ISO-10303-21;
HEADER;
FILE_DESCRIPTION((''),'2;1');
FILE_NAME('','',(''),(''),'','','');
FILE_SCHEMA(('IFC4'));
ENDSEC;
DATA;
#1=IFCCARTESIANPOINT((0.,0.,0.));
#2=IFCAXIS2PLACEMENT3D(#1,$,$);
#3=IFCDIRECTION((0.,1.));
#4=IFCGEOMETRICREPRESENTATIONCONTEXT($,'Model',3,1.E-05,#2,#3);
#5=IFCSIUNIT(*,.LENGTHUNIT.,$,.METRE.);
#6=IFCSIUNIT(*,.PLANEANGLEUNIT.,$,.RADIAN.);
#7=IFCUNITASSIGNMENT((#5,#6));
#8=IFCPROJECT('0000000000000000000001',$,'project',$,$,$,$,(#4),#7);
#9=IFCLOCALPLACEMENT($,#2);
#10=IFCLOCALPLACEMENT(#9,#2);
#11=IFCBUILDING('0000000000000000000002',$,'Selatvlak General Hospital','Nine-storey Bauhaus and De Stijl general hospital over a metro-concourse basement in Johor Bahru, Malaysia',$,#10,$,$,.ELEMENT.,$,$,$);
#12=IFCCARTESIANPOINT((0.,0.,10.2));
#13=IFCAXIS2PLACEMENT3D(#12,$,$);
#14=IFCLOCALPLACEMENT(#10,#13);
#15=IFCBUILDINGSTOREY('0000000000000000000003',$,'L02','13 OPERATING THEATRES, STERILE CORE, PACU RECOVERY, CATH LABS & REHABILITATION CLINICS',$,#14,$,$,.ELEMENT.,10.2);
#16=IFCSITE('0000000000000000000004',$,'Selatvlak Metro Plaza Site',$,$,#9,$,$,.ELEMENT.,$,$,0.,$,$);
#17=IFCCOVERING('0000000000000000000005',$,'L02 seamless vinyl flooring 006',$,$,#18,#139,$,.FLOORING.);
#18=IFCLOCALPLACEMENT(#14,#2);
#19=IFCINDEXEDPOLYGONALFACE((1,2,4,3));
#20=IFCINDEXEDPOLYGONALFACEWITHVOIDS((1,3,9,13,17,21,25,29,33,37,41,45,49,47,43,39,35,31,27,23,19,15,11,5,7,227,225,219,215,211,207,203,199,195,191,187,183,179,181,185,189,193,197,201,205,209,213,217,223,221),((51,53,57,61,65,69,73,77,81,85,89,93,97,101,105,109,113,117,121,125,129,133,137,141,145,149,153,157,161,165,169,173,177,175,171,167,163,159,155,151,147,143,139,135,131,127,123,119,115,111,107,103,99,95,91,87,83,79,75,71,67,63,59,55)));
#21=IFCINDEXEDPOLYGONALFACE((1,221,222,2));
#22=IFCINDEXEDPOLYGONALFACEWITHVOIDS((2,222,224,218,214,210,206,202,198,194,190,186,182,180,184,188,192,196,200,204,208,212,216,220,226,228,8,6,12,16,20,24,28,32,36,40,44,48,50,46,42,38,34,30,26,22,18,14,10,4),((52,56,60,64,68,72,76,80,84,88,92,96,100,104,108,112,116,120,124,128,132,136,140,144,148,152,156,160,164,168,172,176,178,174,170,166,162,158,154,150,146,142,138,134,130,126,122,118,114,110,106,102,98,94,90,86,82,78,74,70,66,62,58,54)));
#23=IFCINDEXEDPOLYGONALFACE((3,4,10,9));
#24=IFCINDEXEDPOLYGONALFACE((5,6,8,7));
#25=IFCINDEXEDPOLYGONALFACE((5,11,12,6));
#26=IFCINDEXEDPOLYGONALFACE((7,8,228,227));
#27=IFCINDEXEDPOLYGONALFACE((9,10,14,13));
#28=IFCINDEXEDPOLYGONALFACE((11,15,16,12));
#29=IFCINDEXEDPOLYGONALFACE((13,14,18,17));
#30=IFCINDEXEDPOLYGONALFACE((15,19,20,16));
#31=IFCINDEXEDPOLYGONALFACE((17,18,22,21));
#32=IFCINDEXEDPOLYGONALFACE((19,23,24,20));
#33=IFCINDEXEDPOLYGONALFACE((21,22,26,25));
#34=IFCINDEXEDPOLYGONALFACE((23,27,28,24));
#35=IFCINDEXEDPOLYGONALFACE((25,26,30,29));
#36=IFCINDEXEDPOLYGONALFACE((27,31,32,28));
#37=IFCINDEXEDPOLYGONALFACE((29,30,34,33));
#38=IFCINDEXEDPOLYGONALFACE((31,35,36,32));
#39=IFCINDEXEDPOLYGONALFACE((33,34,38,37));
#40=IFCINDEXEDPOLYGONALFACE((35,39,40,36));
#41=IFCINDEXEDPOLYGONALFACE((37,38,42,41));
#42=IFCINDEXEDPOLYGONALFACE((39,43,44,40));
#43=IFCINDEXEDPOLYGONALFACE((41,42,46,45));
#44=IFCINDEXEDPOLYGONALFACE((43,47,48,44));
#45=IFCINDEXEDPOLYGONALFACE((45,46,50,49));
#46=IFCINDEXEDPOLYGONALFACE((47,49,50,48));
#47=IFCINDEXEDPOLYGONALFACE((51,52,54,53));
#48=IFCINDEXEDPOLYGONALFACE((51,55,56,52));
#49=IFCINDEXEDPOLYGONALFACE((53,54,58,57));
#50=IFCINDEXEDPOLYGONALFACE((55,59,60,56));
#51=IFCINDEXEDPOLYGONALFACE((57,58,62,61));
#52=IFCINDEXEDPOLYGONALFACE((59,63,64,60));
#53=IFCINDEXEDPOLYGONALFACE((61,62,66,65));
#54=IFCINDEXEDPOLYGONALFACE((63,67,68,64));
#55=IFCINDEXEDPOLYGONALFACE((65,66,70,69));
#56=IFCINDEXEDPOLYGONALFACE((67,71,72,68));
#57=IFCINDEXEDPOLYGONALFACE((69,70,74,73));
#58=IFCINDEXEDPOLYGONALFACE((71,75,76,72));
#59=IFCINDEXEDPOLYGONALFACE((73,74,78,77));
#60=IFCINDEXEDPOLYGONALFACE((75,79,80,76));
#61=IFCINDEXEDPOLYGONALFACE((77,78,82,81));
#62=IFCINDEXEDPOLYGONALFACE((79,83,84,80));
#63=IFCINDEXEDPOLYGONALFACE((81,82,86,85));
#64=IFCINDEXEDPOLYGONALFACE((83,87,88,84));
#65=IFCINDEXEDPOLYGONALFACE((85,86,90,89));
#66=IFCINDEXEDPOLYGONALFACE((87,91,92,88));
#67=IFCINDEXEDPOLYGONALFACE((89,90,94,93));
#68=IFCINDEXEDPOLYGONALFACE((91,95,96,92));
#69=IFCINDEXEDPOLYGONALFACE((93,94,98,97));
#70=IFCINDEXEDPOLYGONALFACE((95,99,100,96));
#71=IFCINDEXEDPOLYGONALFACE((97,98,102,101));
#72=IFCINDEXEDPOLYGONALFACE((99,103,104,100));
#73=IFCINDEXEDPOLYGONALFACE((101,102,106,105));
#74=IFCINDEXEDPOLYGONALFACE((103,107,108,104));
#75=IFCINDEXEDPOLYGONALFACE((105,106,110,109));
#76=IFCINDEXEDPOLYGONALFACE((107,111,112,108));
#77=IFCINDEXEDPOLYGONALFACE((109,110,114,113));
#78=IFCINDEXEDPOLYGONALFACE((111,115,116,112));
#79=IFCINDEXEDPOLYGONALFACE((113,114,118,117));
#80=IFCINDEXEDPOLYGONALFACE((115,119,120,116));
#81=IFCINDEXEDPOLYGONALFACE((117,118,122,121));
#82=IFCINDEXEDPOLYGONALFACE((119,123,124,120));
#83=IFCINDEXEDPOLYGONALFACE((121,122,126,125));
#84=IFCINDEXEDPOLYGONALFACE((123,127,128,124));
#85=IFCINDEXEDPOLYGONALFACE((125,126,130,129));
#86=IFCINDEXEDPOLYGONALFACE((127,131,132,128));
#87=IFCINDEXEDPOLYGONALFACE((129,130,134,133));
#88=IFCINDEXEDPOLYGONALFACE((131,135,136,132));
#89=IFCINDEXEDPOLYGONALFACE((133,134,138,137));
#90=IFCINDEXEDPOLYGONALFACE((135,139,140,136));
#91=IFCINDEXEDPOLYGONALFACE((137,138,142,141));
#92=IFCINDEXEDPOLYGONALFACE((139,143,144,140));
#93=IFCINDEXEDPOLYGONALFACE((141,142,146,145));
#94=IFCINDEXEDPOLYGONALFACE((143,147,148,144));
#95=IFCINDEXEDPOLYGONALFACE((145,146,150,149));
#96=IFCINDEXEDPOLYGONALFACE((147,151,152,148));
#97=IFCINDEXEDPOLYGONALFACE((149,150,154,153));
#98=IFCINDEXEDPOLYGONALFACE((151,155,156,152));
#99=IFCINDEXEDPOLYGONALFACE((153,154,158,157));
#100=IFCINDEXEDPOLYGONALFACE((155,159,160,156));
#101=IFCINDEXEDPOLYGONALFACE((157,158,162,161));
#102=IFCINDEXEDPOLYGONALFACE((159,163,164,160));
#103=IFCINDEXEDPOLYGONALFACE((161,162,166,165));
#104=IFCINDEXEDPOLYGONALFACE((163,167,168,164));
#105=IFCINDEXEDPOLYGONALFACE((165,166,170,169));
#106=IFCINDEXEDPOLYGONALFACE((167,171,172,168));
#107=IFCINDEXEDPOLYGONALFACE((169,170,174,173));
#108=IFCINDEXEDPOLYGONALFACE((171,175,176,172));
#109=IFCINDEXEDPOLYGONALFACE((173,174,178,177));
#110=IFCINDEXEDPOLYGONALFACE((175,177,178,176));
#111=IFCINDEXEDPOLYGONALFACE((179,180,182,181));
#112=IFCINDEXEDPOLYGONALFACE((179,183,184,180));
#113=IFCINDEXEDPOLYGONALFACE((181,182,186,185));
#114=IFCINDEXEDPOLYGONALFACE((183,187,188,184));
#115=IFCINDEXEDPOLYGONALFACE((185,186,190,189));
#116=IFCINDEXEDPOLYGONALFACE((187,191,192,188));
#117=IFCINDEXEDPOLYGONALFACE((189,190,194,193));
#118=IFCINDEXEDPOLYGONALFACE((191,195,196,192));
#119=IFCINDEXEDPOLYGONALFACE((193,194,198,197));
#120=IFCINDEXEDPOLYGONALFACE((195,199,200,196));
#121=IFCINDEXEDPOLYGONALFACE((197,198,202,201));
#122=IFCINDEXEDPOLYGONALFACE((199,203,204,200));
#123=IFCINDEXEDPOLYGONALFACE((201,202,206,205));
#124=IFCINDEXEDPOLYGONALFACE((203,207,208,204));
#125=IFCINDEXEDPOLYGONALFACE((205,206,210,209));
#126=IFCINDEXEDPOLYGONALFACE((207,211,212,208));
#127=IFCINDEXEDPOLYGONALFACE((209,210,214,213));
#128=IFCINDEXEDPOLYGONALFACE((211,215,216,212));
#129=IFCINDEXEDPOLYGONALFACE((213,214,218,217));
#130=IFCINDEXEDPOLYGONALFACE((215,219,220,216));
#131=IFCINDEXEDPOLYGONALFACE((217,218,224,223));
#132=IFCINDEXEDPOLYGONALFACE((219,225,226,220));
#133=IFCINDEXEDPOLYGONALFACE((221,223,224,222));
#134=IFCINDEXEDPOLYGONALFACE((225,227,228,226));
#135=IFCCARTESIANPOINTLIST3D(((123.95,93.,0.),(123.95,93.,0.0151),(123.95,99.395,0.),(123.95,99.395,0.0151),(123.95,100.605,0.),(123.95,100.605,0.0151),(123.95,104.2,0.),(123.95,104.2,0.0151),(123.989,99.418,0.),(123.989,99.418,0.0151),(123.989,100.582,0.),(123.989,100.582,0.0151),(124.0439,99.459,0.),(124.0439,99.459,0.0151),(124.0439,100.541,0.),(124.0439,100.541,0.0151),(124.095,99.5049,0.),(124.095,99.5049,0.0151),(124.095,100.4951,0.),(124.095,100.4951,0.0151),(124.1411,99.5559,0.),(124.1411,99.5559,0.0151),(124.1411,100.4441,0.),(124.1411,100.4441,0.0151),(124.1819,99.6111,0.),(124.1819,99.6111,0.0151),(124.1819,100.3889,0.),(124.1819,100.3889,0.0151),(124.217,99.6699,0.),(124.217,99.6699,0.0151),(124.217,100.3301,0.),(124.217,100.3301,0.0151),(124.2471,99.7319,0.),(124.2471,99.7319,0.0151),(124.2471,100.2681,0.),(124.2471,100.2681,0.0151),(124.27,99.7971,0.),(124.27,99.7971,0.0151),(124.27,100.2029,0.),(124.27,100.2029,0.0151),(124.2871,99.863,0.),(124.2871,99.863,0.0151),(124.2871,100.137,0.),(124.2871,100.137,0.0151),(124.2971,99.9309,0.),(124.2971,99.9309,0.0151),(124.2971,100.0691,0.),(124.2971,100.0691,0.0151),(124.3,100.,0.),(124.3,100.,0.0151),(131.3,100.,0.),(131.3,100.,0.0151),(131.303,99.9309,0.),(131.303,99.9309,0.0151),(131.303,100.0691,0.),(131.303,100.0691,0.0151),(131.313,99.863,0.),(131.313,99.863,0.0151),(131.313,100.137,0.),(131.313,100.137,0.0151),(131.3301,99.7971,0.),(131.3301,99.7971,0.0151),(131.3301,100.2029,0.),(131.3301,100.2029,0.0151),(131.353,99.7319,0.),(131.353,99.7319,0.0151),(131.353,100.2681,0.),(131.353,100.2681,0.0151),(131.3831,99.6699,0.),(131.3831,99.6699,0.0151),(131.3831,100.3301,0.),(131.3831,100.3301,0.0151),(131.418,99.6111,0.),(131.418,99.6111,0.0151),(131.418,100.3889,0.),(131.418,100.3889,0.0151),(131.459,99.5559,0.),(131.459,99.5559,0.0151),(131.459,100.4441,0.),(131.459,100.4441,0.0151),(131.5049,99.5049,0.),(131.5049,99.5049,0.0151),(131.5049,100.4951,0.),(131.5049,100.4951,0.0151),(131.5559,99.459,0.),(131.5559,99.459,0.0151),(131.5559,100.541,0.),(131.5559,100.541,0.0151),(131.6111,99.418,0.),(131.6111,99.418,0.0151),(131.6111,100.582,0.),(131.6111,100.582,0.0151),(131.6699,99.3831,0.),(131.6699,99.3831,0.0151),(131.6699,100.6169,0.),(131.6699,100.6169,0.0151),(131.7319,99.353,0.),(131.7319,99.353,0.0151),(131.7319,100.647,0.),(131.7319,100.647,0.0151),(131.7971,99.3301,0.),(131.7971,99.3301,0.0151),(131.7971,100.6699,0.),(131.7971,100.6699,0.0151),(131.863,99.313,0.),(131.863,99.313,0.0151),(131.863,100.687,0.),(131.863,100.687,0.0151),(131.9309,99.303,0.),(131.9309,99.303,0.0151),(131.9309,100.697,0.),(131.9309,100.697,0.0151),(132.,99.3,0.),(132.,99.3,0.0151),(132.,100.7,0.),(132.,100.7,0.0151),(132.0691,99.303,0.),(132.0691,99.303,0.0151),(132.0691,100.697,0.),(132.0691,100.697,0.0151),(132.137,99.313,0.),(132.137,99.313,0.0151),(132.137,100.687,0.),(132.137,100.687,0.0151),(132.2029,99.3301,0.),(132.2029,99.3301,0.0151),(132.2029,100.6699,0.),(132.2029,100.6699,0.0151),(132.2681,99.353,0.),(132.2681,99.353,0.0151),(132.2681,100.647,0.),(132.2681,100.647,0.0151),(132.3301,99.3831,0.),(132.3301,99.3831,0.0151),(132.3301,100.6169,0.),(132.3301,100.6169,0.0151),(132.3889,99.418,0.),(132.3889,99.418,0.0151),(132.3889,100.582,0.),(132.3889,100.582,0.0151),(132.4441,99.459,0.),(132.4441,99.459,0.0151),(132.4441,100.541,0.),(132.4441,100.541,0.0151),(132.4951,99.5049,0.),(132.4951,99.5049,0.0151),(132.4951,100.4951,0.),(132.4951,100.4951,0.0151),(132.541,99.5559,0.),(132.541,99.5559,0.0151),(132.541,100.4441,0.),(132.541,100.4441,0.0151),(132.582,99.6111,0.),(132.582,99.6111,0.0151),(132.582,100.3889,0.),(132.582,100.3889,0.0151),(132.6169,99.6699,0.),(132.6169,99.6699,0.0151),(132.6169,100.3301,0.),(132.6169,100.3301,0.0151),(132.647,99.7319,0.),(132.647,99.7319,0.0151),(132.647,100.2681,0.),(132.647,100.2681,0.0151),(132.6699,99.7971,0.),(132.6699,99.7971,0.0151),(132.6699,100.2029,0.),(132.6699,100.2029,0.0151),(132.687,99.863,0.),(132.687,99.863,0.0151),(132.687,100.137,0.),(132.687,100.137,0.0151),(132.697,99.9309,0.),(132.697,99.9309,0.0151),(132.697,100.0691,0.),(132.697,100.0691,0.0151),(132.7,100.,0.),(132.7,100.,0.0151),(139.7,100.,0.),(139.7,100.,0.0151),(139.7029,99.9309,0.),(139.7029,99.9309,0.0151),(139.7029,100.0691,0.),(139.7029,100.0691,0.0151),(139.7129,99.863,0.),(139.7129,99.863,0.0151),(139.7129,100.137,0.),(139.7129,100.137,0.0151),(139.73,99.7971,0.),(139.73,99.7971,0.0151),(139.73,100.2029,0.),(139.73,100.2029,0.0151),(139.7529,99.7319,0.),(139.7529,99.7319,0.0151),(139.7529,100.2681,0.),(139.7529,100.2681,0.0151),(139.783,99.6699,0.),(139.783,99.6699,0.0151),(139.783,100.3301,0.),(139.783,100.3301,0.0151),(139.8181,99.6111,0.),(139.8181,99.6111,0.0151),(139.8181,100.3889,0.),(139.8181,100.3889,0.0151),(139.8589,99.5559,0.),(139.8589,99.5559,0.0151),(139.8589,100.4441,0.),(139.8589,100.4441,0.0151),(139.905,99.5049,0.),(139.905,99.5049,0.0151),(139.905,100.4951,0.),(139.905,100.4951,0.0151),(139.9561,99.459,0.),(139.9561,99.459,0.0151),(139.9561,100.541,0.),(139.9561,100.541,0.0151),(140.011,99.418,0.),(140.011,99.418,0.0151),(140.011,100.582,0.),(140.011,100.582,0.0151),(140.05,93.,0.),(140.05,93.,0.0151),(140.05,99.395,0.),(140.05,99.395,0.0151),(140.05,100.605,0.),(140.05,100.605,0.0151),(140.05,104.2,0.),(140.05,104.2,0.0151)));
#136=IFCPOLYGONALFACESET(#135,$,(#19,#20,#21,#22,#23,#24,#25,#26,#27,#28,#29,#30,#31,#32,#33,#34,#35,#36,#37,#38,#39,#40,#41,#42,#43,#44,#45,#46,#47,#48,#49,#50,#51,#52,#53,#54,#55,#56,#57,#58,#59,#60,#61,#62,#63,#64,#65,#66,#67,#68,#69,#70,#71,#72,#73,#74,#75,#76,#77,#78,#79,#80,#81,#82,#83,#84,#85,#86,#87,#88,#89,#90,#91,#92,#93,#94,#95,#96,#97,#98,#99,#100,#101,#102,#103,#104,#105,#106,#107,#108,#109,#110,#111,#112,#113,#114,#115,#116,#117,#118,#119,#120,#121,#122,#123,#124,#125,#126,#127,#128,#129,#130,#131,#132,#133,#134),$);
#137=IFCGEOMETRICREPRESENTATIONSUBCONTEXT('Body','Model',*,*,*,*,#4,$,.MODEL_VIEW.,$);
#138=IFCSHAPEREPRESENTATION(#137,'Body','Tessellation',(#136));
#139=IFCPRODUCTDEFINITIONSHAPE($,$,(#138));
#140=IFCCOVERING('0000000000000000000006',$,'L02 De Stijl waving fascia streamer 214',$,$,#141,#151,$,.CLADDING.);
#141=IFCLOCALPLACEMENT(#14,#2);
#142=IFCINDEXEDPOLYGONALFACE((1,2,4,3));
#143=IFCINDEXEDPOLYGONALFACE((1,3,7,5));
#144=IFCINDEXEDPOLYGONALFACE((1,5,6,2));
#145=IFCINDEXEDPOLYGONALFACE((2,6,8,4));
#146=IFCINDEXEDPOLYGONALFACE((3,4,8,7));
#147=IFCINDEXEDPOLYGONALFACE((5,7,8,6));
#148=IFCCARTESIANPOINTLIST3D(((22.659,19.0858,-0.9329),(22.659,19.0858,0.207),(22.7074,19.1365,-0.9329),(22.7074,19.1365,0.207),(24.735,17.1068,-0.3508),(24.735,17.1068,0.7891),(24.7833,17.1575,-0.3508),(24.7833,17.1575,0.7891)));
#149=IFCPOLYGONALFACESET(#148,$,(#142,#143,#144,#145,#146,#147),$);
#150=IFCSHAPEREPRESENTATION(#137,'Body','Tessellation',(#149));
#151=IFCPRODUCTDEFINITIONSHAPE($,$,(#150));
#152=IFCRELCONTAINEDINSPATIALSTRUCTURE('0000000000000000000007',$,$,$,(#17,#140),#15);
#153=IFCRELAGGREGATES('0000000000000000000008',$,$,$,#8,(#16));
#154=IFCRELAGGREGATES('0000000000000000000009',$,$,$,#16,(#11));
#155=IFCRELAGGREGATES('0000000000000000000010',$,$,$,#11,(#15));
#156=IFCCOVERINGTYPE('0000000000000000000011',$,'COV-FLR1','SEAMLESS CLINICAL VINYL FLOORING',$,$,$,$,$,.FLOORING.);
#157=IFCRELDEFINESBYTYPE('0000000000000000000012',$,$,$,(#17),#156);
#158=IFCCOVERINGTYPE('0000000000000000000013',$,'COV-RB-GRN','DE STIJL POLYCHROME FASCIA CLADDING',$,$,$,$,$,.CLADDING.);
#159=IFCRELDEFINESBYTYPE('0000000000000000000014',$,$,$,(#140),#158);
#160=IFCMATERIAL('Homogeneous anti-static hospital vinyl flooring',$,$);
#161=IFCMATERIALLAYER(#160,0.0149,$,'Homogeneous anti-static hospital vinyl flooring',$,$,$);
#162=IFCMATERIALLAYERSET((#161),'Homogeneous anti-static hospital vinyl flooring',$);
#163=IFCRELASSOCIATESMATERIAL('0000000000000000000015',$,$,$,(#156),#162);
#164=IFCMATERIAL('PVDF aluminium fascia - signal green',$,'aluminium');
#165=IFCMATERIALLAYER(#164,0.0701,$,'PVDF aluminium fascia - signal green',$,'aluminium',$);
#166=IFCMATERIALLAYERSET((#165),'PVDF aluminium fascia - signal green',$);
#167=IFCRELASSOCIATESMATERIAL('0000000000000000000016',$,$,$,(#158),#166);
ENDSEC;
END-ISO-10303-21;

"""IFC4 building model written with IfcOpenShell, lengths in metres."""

from ifc_helpers import new_model, si_unit, direction, frame, origin, place, context, subcontext, project, spatial, polyline, outline, extrude, material, layer, layer_set, type_object, element, save


model = new_model("IFC4")

# Units and contexts
model_context = context("Model", 3, precision=1e-05, world=origin(), true_north=direction((0.0, 1.0)))
body_context = subcontext(model_context, "Body", "Model", "MODEL_VIEW")
ifc_project = project(units=[si_unit("LENGTHUNIT", "METRE"), si_unit("PLANEANGLEUNIT", "RADIAN")], contexts=[model_context])

# Site, building, storey
site_placement = place(None, origin())
site = spatial("IfcSite", under=ifc_project, at=site_placement, Name="Selatvlak Metro Plaza Site", CompositionType="ELEMENT", RefElevation=0.0)
building_placement = place(site_placement, origin())
building = spatial("IfcBuilding", under=site, at=building_placement, Name="Selatvlak General Hospital", Description="Nine-storey Bauhaus and De Stijl general hospital over a metro-concourse basement in Johor Bahru, Malaysia", CompositionType="ELEMENT")
storey_placement = place(building_placement, frame((0.0, 0.0, 10.2)))
storey = spatial("IfcBuildingStorey", under=building, at=storey_placement, Name="L02", Description="13 OPERATING THEATRES, STERILE CORE, PACU RECOVERY, CATH LABS & REHABILITATION CLINICS", CompositionType="ELEMENT", Elevation=10.2)

# Coverings
ifc_material_1 = material(Name="Homogeneous anti-static hospital vinyl flooring")
ifc_layer_1 = layer(ifc_material_1, 0.0149, Name="Homogeneous anti-static hospital vinyl flooring")
ifc_layer_set_1 = layer_set([ifc_layer_1], Name="Homogeneous anti-static hospital vinyl flooring")
covering_type_1 = type_object("IfcCoveringType", Name="COV-FLR1", Description="SEAMLESS CLINICAL VINYL FLOORING", PredefinedType="FLOORING", material=ifc_layer_set_1)
covering_1_placement = place(storey_placement, origin())
element("IfcCovering", 1, at=covering_1_placement, inside=storey, type_object=covering_type_1, Name="L02 seamless vinyl flooring 006", PredefinedType="FLOORING", context=body_context, shape_type="SweptSolid", body=[
    extrude(outline(polyline([(140.05, 104.2), (140.05, 100.605), (140.011, 100.582), (139.9561, 100.541), (139.905, 100.4951), (139.8589, 100.4441), (139.8181, 100.3889), (139.783, 100.3301), (139.7529, 100.2681), (139.73, 100.2029), (139.7129, 100.137), (139.7029, 100.0691), (139.7, 100.0), (139.7029, 99.9309), (139.7129, 99.863), (139.73, 99.7971), (139.7529, 99.7319), (139.783, 99.6699), (139.8181, 99.6111), (139.8589, 99.5559), (139.905, 99.5049), (139.9561, 99.459), (140.011, 99.418), (140.05, 99.395), (140.05, 93.0), (123.95, 93.0), (123.95, 99.395), (123.989, 99.418), (124.0439, 99.459), (124.095, 99.5049), (124.1411, 99.5559), (124.1819, 99.6111), (124.217, 99.6699), (124.2471, 99.7319), (124.27, 99.7971), (124.2871, 99.863), (124.2971, 99.9309), (124.3, 100.0), (124.2971, 100.0691), (124.2871, 100.137), (124.27, 100.2029), (124.2471, 100.2681), (124.217, 100.3301), (124.1819, 100.3889), (124.1411, 100.4441), (124.095, 100.4951), (124.0439, 100.541), (123.989, 100.582), (123.95, 100.605), (123.95, 104.2), (140.05, 104.2)]), holes=[polyline([(132.4951, 99.5049), (132.541, 99.5559), (132.582, 99.6111), (132.6169, 99.6699), (132.647, 99.7319), (132.6699, 99.7971), (132.687, 99.863), (132.697, 99.9309), (132.7, 100.0), (132.697, 100.0691), (132.687, 100.137), (132.6699, 100.2029), (132.647, 100.2681), (132.6169, 100.3301), (132.582, 100.3889), (132.541, 100.4441), (132.4951, 100.4951), (132.4441, 100.541), (132.3889, 100.582), (132.3301, 100.6169), (132.2681, 100.647), (132.2029, 100.6699), (132.137, 100.687), (132.0691, 100.697), (132.0, 100.7), (131.9309, 100.697), (131.863, 100.687), (131.7971, 100.6699), (131.7319, 100.647), (131.6699, 100.6169), (131.6111, 100.582), (131.5559, 100.541), (131.5049, 100.4951), (131.459, 100.4441), (131.418, 100.3889), (131.3831, 100.3301), (131.353, 100.2681), (131.3301, 100.2029), (131.313, 100.137), (131.303, 100.0691), (131.3, 100.0), (131.303, 99.9309), (131.313, 99.863), (131.3301, 99.7971), (131.353, 99.7319), (131.3831, 99.6699), (131.418, 99.6111), (131.459, 99.5559), (131.5049, 99.5049), (131.5559, 99.459), (131.6111, 99.418), (131.6699, 99.3831), (131.7319, 99.353), (131.7971, 99.3301), (131.863, 99.313), (131.9309, 99.303), (132.0, 99.3), (132.0691, 99.303), (132.137, 99.313), (132.2029, 99.3301), (132.2681, 99.353), (132.3301, 99.3831), (132.3889, 99.418), (132.4441, 99.459), (132.4951, 99.5049)])]), origin(), (0.0, 0.0, 1.0), 0.0151),
])
ifc_material_2 = material(Name="PVDF aluminium fascia - signal green", Category="aluminium")
ifc_layer_2 = layer(ifc_material_2, 0.0701, Name="PVDF aluminium fascia - signal green", Category="aluminium")
ifc_layer_set_2 = layer_set([ifc_layer_2], Name="PVDF aluminium fascia - signal green")
covering_type_2 = type_object("IfcCoveringType", Name="COV-RB-GRN", Description="DE STIJL POLYCHROME FASCIA CLADDING", PredefinedType="CLADDING", material=ifc_layer_set_2)
covering_2_placement = place(storey_placement, frame((22.6831, 19.1111, -0.9329), z_axis=(0.0, 0.0, 1.0), x_axis=(0.723802, -0.690008, 0.0)))
element("IfcCovering", 2, at=covering_2_placement, inside=storey, type_object=covering_type_2, Name="L02 De Stijl waving fascia streamer 214", PredefinedType="CLADDING", context=body_context, shape_type="SweptSolid", body=[
    extrude(outline(polyline([(0.0, 0.0), (2.8682, 0.582), (2.8682, 1.7219), (0.0, 1.1399), (0.0, 0.0)])), frame((0.0, 0.0352, 0.0), z_axis=(0.0, -1.0, 0.0), x_axis=(1.0, 0.0, 0.0)), (0.0, 0.0, 1.0), 0.0701),
])

save(model, "model.ifc")
